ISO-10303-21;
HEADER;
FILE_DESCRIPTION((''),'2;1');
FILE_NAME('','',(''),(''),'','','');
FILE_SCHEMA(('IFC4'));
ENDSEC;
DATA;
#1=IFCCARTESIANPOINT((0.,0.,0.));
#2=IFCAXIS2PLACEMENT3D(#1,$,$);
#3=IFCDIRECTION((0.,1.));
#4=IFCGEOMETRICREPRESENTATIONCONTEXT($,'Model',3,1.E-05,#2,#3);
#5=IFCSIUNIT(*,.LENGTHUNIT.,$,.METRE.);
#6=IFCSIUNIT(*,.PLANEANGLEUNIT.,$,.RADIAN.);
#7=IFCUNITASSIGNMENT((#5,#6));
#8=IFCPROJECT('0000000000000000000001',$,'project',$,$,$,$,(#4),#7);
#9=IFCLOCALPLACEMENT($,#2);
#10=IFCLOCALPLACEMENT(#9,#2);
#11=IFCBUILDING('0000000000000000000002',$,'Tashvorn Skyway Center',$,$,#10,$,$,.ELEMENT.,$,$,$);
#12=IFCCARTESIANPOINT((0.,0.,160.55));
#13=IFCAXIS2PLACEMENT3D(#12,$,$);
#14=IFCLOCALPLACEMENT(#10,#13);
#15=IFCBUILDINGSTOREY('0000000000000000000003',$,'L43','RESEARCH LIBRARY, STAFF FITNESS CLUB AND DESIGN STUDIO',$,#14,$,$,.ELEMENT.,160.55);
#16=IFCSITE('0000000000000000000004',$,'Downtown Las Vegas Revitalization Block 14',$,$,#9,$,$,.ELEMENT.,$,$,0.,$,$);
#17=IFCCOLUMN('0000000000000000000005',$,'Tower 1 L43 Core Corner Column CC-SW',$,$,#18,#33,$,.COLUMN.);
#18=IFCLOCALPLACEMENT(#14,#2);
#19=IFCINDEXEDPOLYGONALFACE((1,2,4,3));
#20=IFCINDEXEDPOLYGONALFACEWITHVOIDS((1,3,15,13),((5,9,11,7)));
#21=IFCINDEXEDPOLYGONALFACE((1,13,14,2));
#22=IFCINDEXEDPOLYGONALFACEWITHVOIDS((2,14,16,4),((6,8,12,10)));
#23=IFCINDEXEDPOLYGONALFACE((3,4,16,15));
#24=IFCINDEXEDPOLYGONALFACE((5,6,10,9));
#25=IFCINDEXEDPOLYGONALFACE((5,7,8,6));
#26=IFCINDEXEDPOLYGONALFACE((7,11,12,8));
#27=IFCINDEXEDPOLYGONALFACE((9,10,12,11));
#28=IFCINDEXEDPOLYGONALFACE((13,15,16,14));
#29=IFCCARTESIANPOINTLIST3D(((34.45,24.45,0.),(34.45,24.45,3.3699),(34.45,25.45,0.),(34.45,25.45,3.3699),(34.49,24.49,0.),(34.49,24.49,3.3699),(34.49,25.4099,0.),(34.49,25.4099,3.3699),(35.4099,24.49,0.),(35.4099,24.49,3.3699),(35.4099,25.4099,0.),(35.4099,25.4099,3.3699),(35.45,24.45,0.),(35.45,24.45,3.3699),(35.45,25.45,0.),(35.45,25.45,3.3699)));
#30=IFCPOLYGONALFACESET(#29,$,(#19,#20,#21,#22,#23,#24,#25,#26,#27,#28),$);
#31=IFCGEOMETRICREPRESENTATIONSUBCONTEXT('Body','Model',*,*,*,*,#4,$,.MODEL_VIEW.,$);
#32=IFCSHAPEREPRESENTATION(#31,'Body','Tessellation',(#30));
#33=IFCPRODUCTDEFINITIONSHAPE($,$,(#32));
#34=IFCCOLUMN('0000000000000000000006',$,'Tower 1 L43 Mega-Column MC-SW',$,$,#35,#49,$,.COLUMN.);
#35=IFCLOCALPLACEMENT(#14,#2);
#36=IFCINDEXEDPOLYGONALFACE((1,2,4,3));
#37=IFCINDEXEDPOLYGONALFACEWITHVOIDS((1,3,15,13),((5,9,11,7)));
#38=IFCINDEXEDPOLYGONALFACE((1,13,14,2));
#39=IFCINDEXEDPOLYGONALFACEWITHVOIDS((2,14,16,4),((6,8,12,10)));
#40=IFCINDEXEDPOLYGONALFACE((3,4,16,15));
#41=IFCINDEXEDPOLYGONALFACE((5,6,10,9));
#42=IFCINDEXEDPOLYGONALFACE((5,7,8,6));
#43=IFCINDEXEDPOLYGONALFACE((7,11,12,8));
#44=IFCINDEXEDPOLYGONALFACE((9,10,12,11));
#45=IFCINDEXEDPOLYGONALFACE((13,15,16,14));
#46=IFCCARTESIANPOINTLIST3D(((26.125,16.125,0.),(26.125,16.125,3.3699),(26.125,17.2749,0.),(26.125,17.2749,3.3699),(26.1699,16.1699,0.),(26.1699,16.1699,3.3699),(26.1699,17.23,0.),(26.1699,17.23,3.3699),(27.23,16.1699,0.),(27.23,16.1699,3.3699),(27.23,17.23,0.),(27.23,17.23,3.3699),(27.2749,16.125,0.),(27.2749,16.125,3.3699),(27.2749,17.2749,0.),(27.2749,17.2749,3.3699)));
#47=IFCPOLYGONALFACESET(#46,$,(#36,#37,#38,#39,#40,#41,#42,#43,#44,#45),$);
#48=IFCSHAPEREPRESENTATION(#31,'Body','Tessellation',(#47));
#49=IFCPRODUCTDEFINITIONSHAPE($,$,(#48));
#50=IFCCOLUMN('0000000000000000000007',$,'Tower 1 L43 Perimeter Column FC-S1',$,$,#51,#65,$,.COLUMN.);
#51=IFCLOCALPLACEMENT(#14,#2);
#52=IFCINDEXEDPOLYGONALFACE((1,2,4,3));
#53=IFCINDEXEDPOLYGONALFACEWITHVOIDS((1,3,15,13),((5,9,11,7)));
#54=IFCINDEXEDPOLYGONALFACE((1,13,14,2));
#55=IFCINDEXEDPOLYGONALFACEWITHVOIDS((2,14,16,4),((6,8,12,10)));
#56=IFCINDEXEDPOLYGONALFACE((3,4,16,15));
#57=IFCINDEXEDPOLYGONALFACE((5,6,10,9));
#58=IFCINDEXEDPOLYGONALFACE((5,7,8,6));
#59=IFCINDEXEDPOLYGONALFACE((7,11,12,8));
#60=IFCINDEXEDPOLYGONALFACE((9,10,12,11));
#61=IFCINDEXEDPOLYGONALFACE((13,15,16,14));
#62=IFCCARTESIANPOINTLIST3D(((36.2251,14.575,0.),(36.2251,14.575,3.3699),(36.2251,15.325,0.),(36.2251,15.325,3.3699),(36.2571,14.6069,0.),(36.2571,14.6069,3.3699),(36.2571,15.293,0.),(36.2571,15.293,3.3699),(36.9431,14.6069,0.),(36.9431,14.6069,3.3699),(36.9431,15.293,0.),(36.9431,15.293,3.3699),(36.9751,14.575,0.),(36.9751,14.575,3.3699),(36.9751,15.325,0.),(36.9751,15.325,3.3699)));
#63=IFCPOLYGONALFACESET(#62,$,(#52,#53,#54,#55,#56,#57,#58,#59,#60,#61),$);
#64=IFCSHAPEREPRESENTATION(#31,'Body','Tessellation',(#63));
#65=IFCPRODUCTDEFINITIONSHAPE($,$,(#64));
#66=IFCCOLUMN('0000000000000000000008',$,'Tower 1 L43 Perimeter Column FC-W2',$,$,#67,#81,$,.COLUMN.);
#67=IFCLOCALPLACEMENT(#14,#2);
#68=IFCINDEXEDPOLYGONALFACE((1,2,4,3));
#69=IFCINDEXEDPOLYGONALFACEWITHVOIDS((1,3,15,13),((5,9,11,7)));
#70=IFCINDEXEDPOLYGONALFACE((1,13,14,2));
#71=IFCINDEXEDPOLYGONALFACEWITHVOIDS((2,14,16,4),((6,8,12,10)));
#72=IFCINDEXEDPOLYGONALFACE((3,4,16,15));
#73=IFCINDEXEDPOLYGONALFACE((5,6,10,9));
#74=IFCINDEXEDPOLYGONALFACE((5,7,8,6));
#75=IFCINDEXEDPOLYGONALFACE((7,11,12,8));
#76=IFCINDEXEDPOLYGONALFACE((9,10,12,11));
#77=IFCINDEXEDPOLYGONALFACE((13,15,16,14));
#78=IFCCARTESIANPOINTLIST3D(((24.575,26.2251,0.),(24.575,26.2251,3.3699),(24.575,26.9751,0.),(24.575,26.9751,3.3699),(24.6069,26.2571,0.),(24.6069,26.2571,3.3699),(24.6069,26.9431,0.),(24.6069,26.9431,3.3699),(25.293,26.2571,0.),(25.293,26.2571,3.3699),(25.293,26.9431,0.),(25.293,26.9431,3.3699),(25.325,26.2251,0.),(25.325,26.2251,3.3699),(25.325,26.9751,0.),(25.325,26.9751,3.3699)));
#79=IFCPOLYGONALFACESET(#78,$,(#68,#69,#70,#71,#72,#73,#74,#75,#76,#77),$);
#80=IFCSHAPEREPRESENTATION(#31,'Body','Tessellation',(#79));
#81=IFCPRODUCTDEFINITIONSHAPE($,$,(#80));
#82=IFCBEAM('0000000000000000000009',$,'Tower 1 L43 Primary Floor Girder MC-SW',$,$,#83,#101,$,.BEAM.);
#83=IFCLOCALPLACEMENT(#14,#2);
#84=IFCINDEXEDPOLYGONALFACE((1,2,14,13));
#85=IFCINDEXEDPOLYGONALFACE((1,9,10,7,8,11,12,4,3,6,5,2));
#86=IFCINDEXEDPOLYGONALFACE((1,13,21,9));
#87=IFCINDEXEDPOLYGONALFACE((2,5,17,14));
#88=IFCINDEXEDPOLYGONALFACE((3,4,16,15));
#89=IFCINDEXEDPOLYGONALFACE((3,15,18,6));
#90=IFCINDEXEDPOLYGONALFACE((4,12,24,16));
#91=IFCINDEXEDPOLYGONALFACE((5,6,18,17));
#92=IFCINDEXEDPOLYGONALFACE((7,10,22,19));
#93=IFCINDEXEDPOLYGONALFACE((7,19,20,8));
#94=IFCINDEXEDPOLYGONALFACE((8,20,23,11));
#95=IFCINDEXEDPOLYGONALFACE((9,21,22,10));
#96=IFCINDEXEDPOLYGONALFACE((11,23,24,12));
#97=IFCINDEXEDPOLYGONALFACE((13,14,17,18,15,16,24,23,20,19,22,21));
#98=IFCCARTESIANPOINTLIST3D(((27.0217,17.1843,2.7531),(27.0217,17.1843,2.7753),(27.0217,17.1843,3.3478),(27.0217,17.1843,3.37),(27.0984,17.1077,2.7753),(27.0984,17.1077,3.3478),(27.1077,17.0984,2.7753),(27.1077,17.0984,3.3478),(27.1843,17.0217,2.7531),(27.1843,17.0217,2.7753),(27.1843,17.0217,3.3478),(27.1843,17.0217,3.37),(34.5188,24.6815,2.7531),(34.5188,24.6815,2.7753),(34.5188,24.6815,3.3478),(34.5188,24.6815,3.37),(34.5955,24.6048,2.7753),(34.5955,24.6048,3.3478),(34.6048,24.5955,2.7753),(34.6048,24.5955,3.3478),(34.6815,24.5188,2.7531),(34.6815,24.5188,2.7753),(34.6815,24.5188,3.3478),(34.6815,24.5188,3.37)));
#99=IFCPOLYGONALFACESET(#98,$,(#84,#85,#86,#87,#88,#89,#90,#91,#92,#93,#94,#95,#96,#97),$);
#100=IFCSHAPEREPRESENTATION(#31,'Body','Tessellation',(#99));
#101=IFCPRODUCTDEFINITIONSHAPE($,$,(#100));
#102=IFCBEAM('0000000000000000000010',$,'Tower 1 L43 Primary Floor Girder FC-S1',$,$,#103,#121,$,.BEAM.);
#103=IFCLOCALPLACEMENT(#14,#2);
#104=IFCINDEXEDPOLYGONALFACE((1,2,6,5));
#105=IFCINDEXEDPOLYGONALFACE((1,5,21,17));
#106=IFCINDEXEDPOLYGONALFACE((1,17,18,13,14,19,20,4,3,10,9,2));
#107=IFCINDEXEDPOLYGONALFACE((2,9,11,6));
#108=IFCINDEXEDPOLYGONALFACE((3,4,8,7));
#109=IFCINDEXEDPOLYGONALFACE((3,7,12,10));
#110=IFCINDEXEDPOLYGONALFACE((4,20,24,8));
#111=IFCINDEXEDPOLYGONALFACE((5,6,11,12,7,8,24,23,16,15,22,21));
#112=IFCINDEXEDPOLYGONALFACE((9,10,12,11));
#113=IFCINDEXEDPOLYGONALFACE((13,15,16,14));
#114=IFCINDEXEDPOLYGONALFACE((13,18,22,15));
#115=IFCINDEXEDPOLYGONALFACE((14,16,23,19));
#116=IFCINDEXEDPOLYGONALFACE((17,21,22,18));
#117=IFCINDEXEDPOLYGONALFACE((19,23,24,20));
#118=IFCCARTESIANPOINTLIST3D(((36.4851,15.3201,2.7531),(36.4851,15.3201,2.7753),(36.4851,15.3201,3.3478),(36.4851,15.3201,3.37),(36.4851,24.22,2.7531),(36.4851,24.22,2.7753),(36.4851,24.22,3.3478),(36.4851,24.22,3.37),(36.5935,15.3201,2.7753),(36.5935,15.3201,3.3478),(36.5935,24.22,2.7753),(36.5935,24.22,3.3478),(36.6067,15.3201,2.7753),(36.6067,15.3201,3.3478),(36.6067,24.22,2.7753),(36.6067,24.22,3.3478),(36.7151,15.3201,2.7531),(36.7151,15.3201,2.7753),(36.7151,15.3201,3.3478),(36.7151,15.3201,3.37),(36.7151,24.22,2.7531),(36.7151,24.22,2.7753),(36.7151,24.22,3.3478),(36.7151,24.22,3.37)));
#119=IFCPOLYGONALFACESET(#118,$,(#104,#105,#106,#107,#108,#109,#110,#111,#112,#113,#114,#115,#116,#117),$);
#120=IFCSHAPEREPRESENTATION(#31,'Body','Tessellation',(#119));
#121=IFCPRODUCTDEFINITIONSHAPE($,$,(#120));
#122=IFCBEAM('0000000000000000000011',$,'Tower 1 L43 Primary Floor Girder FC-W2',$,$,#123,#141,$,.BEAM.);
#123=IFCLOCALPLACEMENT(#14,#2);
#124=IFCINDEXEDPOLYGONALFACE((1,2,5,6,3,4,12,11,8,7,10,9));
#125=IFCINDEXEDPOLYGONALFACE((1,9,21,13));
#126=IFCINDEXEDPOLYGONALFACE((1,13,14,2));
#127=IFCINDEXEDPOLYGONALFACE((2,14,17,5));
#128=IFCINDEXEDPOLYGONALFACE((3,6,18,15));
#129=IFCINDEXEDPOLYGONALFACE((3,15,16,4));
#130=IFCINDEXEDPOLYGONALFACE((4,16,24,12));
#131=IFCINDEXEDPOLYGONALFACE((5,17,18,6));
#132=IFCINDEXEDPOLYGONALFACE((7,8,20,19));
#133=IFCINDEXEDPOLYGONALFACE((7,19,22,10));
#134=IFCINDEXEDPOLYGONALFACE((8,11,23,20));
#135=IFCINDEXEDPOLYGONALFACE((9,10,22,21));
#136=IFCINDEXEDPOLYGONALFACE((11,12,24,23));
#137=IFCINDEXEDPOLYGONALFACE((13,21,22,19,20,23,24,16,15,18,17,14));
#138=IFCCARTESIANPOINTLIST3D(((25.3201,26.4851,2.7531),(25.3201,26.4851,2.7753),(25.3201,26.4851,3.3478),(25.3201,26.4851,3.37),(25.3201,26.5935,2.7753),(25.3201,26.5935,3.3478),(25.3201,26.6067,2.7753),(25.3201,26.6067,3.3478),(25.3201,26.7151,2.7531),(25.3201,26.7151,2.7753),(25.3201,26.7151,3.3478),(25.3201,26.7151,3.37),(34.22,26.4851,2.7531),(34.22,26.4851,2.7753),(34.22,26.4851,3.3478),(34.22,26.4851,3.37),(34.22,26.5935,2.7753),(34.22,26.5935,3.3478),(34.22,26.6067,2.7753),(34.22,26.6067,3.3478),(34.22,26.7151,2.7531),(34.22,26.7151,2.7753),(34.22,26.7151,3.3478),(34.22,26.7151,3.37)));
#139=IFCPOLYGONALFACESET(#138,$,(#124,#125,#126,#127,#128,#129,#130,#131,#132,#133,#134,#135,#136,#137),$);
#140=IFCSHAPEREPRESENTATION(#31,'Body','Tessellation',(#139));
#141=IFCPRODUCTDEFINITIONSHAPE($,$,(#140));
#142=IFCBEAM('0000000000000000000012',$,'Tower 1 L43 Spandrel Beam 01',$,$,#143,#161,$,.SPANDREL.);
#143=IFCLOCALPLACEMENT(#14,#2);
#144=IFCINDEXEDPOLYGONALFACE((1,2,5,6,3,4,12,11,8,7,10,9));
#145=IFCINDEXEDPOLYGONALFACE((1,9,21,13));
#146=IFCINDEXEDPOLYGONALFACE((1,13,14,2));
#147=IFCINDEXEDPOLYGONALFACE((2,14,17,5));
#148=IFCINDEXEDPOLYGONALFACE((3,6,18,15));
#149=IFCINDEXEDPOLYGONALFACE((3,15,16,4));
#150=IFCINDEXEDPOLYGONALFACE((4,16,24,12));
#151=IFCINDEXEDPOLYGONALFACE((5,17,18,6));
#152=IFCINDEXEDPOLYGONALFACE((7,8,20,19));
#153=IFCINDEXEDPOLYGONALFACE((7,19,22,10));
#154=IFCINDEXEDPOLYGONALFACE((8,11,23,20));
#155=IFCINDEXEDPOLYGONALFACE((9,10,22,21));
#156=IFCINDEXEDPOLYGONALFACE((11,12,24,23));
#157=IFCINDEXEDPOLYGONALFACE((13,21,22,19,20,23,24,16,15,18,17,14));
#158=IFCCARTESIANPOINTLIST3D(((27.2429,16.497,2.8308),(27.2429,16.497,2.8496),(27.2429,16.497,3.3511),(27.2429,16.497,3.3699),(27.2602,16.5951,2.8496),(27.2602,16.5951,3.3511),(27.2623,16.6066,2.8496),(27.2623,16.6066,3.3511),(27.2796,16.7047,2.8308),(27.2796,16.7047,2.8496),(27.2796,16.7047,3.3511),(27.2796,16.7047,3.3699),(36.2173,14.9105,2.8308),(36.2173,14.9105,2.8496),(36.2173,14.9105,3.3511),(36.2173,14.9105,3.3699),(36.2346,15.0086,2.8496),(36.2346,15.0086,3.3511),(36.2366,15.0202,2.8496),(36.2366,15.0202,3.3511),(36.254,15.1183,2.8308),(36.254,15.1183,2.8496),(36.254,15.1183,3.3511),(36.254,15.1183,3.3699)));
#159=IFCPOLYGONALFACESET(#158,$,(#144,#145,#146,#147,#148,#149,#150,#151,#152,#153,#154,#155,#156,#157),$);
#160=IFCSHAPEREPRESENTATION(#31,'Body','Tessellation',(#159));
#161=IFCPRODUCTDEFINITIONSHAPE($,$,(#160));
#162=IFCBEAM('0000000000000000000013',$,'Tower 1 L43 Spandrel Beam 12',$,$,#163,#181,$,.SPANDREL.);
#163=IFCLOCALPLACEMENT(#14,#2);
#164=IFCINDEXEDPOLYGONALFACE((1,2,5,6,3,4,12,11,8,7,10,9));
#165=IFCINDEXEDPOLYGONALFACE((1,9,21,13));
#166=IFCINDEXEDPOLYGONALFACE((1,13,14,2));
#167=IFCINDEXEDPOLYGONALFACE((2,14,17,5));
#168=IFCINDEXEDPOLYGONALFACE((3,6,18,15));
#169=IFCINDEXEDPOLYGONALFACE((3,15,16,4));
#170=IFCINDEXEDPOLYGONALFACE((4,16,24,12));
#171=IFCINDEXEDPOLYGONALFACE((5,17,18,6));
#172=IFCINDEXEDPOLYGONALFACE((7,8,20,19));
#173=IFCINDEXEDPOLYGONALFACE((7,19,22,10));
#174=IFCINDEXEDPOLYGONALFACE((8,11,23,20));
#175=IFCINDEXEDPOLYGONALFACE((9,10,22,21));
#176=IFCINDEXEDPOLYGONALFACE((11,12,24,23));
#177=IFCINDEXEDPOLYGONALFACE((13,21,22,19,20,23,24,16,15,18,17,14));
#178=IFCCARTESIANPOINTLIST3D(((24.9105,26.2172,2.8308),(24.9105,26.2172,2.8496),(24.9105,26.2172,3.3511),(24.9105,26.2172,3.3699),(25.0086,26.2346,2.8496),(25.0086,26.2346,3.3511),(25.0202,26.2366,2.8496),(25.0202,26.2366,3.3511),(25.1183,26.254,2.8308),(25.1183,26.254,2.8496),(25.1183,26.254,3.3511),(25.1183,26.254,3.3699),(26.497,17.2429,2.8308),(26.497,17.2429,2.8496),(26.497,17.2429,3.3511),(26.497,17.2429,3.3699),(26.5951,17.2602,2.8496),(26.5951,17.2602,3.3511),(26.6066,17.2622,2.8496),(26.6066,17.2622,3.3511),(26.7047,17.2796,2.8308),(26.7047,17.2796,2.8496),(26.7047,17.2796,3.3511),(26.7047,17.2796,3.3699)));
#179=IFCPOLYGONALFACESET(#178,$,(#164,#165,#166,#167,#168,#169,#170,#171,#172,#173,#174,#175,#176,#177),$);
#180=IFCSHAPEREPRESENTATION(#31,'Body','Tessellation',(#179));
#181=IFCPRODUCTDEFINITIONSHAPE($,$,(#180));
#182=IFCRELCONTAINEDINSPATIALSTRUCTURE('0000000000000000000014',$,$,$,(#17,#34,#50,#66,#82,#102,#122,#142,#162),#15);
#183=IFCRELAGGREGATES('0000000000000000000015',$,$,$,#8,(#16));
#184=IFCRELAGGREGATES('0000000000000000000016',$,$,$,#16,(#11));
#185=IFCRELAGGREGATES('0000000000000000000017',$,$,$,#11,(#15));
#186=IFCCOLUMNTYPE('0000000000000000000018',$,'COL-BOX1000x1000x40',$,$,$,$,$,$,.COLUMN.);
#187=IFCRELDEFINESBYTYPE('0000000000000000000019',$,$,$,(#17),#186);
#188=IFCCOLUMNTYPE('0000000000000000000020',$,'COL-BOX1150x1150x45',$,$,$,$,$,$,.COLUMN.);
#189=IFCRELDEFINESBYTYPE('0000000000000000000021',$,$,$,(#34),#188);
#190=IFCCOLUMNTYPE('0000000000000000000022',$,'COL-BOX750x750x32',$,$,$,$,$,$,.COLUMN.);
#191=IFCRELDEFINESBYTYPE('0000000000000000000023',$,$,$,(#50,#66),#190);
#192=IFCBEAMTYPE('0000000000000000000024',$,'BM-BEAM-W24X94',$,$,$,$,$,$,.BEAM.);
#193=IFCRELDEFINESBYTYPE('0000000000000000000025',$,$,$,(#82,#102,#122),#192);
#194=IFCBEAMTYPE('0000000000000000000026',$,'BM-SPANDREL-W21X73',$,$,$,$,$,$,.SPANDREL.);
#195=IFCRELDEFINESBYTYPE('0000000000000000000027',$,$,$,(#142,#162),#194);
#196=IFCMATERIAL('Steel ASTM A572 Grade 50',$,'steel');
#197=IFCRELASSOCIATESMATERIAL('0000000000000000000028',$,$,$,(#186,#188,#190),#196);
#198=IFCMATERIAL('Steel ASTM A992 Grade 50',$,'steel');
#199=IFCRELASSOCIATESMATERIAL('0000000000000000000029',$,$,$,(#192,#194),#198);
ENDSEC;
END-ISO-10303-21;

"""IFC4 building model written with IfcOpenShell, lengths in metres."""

from ifc_helpers import new_model, si_unit, direction, frame, origin, origin_2d, place, context, subcontext, project, spatial, hollow_rectangle, i_section, extrude, material, material_profile, profile_set, type_object, element, save


model = new_model("IFC4")

# Units and contexts
model_context = context("Model", 3, precision=1e-05, world=origin(), true_north=direction((0.0, 1.0)))
body_context = subcontext(model_context, "Body", "Model", "MODEL_VIEW")
ifc_project = project(units=[si_unit("LENGTHUNIT", "METRE"), si_unit("PLANEANGLEUNIT", "RADIAN")], contexts=[model_context])

# Site, building, storey
site_placement = place(None, origin())
site = spatial("IfcSite", under=ifc_project, at=site_placement, Name="Downtown Las Vegas Revitalization Block 14", CompositionType="ELEMENT", RefElevation=0.0)
building_placement = place(site_placement, origin())
building = spatial("IfcBuilding", under=site, at=building_placement, Name="Tashvorn Skyway Center", CompositionType="ELEMENT")
storey_placement = place(building_placement, frame((0.0, 0.0, 160.55)))
storey = spatial("IfcBuildingStorey", under=building, at=storey_placement, Name="L43", Description="RESEARCH LIBRARY, STAFF FITNESS CLUB AND DESIGN STUDIO", CompositionType="ELEMENT", Elevation=160.55)

# Columns
ifc_material_1 = material(Name="Steel ASTM A572 Grade 50", Category="steel")
ifc_material_profile_1 = material_profile(ifc_material_1, hollow_rectangle(XDim=1.0, YDim=1.0, WallThickness=0.04, at=origin_2d()), Name="BOX1000x1000x40")
ifc_profile_set_1 = profile_set([ifc_material_profile_1], Name="Steel ASTM A572 Grade 50")
column_type_1 = type_object("IfcColumnType", Name="COL-BOX1000x1000x40", PredefinedType="COLUMN", material=ifc_profile_set_1)
column_1_placement = place(storey_placement, frame((34.95, 24.95, 0.0), z_axis=(0.0, 0.0, 1.0), x_axis=(1.0, 0.0, 0.0)))
element("IfcColumn", 1, at=column_1_placement, inside=storey, type_object=column_type_1, Name="Tower 1 L43 Core Corner Column CC-SW", PredefinedType="COLUMN", context=body_context, shape_type="SweptSolid", body=[
    extrude(hollow_rectangle(XDim=1.0, YDim=1.0, WallThickness=0.04, at=origin_2d()), origin(), (0.0, 0.0, 1.0), 3.3699),
])
ifc_material_profile_2 = material_profile(ifc_material_1, hollow_rectangle(XDim=1.1499, YDim=1.1499, WallThickness=0.0449, at=origin_2d()), Name="BOX1150x1150x45")
ifc_profile_set_2 = profile_set([ifc_material_profile_2], Name="Steel ASTM A572 Grade 50")
column_type_2 = type_object("IfcColumnType", Name="COL-BOX1150x1150x45", PredefinedType="COLUMN", material=ifc_profile_set_2)
column_2_placement = place(storey_placement, frame((26.7, 16.7, 0.0), z_axis=(0.0, 0.0, 1.0), x_axis=(1.0, 0.0, 0.0)))
element("IfcColumn", 2, at=column_2_placement, inside=storey, type_object=column_type_2, Name="Tower 1 L43 Mega-Column MC-SW", PredefinedType="COLUMN", context=body_context, shape_type="SweptSolid", body=[
    extrude(hollow_rectangle(XDim=1.1499, YDim=1.1499, WallThickness=0.0449, at=origin_2d()), origin(), (0.0, 0.0, 1.0), 3.3699),
])
ifc_material_profile_3 = material_profile(ifc_material_1, hollow_rectangle(XDim=0.75, YDim=0.75, WallThickness=0.032, at=origin_2d()), Name="BOX750x750x32")
ifc_profile_set_3 = profile_set([ifc_material_profile_3], Name="Steel ASTM A572 Grade 50")
column_type_3 = type_object("IfcColumnType", Name="COL-BOX750x750x32", PredefinedType="COLUMN", material=ifc_profile_set_3)
for number, where, z_axis, x_axis, name in (
    (3, (36.6001, 14.95, 0.0), (0.0, 0.0, 1.0), (1.0, 0.0, 0.0), "Tower 1 L43 Perimeter Column FC-S1"),
    (4, (24.95, 26.6001, 0.0), (0.0, 0.0, 1.0), (1.0, 0.0, 0.0), "Tower 1 L43 Perimeter Column FC-W2"),
):
    element("IfcColumn", number, at=place(storey_placement, frame(where, z_axis=z_axis, x_axis=x_axis)), inside=storey, type_object=column_type_3, Name=name, PredefinedType="COLUMN", context=body_context, shape_type="SweptSolid", body=[
        extrude(hollow_rectangle(XDim=0.75, YDim=0.75, WallThickness=0.032, at=origin_2d()), origin(), (0.0, 0.0, 1.0), 3.3699),
    ])

# Beams
ifc_material_2 = material(Name="Steel ASTM A992 Grade 50", Category="steel")
ifc_material_profile_4 = material_profile(ifc_material_2, i_section(OverallWidth=0.23, OverallDepth=0.6169, WebThickness=0.0132, FlangeThickness=0.0222, at=origin_2d()), Name="W24X94")
ifc_profile_set_4 = profile_set([ifc_material_profile_4], Name="Steel ASTM A992 Grade 50")
beam_type_1 = type_object("IfcBeamType", Name="BM-BEAM-W24X94", PredefinedType="BEAM", material=ifc_profile_set_4)
beam_placement = place(storey_placement, frame((27.103, 17.103, 3.0615), z_axis=(0.707107, 0.707107, 0.0), x_axis=(-0.707107, 0.707107, 0.0)))
element("IfcBeam", 5, at=beam_placement, inside=storey, type_object=beam_type_1, Name="Tower 1 L43 Primary Floor Girder MC-SW", PredefinedType="BEAM", context=body_context, shape_type="SweptSolid", body=[
    extrude(i_section(OverallWidth=0.23, OverallDepth=0.6169, WebThickness=0.0132, FlangeThickness=0.0222, at=origin_2d()), origin(), (0.0, 0.0, 1.0), 10.6025),
])
for number, where, z_axis, x_axis, name in (
    (6, (36.6001, 15.3201, 3.0615), (0.0, 1.0, 0.0), (-1.0, 0.0, 0.0), "Tower 1 L43 Primary Floor Girder FC-S1"),
    (7, (25.3201, 26.6001, 3.0615), (1.0, 0.0, 0.0), (0.0, 1.0, 0.0), "Tower 1 L43 Primary Floor Girder FC-W2"),
):
    element("IfcBeam", number, at=place(storey_placement, frame(where, z_axis=z_axis, x_axis=x_axis)), inside=storey, type_object=beam_type_1, Name=name, PredefinedType="BEAM", context=body_context, shape_type="SweptSolid", body=[
        extrude(i_section(OverallWidth=0.23, OverallDepth=0.6169, WebThickness=0.0132, FlangeThickness=0.0222, at=origin_2d()), origin(), (0.0, 0.0, 1.0), 8.8999),
    ])
ifc_material_profile_5 = material_profile(ifc_material_2, i_section(OverallWidth=0.2109, OverallDepth=0.5391, WebThickness=0.0117, FlangeThickness=0.0188, at=origin_2d()), Name="W21X73")
ifc_profile_set_5 = profile_set([ifc_material_profile_5], Name="Steel ASTM A992 Grade 50")
beam_type_2 = type_object("IfcBeamType", Name="BM-SPANDREL-W21X73", PredefinedType="SPANDREL", material=ifc_profile_set_5)
for number, where, z_axis, x_axis, name in (
    (8, (27.2612, 16.6008, 3.1003), (0.984733, -0.174074, 0.0), (0.174074, 0.984733, 0.0), "Tower 1 L43 Spandrel Beam 01"),
    (9, (25.0144, 26.2356, 3.1003), (0.174074, -0.984733, 0.0), (0.984733, 0.174074, 0.0), "Tower 1 L43 Spandrel Beam 12"),
):
    element("IfcBeam", number, at=place(storey_placement, frame(where, z_axis=z_axis, x_axis=x_axis)), inside=storey, type_object=beam_type_2, Name=name, PredefinedType="SPANDREL", context=body_context, shape_type="SweptSolid", body=[
        extrude(i_section(OverallWidth=0.2109, OverallDepth=0.5391, WebThickness=0.0117, FlangeThickness=0.0188, at=origin_2d()), origin(), (0.0, 0.0, 1.0), 9.1135),
    ])

save(model, "model.ifc")
